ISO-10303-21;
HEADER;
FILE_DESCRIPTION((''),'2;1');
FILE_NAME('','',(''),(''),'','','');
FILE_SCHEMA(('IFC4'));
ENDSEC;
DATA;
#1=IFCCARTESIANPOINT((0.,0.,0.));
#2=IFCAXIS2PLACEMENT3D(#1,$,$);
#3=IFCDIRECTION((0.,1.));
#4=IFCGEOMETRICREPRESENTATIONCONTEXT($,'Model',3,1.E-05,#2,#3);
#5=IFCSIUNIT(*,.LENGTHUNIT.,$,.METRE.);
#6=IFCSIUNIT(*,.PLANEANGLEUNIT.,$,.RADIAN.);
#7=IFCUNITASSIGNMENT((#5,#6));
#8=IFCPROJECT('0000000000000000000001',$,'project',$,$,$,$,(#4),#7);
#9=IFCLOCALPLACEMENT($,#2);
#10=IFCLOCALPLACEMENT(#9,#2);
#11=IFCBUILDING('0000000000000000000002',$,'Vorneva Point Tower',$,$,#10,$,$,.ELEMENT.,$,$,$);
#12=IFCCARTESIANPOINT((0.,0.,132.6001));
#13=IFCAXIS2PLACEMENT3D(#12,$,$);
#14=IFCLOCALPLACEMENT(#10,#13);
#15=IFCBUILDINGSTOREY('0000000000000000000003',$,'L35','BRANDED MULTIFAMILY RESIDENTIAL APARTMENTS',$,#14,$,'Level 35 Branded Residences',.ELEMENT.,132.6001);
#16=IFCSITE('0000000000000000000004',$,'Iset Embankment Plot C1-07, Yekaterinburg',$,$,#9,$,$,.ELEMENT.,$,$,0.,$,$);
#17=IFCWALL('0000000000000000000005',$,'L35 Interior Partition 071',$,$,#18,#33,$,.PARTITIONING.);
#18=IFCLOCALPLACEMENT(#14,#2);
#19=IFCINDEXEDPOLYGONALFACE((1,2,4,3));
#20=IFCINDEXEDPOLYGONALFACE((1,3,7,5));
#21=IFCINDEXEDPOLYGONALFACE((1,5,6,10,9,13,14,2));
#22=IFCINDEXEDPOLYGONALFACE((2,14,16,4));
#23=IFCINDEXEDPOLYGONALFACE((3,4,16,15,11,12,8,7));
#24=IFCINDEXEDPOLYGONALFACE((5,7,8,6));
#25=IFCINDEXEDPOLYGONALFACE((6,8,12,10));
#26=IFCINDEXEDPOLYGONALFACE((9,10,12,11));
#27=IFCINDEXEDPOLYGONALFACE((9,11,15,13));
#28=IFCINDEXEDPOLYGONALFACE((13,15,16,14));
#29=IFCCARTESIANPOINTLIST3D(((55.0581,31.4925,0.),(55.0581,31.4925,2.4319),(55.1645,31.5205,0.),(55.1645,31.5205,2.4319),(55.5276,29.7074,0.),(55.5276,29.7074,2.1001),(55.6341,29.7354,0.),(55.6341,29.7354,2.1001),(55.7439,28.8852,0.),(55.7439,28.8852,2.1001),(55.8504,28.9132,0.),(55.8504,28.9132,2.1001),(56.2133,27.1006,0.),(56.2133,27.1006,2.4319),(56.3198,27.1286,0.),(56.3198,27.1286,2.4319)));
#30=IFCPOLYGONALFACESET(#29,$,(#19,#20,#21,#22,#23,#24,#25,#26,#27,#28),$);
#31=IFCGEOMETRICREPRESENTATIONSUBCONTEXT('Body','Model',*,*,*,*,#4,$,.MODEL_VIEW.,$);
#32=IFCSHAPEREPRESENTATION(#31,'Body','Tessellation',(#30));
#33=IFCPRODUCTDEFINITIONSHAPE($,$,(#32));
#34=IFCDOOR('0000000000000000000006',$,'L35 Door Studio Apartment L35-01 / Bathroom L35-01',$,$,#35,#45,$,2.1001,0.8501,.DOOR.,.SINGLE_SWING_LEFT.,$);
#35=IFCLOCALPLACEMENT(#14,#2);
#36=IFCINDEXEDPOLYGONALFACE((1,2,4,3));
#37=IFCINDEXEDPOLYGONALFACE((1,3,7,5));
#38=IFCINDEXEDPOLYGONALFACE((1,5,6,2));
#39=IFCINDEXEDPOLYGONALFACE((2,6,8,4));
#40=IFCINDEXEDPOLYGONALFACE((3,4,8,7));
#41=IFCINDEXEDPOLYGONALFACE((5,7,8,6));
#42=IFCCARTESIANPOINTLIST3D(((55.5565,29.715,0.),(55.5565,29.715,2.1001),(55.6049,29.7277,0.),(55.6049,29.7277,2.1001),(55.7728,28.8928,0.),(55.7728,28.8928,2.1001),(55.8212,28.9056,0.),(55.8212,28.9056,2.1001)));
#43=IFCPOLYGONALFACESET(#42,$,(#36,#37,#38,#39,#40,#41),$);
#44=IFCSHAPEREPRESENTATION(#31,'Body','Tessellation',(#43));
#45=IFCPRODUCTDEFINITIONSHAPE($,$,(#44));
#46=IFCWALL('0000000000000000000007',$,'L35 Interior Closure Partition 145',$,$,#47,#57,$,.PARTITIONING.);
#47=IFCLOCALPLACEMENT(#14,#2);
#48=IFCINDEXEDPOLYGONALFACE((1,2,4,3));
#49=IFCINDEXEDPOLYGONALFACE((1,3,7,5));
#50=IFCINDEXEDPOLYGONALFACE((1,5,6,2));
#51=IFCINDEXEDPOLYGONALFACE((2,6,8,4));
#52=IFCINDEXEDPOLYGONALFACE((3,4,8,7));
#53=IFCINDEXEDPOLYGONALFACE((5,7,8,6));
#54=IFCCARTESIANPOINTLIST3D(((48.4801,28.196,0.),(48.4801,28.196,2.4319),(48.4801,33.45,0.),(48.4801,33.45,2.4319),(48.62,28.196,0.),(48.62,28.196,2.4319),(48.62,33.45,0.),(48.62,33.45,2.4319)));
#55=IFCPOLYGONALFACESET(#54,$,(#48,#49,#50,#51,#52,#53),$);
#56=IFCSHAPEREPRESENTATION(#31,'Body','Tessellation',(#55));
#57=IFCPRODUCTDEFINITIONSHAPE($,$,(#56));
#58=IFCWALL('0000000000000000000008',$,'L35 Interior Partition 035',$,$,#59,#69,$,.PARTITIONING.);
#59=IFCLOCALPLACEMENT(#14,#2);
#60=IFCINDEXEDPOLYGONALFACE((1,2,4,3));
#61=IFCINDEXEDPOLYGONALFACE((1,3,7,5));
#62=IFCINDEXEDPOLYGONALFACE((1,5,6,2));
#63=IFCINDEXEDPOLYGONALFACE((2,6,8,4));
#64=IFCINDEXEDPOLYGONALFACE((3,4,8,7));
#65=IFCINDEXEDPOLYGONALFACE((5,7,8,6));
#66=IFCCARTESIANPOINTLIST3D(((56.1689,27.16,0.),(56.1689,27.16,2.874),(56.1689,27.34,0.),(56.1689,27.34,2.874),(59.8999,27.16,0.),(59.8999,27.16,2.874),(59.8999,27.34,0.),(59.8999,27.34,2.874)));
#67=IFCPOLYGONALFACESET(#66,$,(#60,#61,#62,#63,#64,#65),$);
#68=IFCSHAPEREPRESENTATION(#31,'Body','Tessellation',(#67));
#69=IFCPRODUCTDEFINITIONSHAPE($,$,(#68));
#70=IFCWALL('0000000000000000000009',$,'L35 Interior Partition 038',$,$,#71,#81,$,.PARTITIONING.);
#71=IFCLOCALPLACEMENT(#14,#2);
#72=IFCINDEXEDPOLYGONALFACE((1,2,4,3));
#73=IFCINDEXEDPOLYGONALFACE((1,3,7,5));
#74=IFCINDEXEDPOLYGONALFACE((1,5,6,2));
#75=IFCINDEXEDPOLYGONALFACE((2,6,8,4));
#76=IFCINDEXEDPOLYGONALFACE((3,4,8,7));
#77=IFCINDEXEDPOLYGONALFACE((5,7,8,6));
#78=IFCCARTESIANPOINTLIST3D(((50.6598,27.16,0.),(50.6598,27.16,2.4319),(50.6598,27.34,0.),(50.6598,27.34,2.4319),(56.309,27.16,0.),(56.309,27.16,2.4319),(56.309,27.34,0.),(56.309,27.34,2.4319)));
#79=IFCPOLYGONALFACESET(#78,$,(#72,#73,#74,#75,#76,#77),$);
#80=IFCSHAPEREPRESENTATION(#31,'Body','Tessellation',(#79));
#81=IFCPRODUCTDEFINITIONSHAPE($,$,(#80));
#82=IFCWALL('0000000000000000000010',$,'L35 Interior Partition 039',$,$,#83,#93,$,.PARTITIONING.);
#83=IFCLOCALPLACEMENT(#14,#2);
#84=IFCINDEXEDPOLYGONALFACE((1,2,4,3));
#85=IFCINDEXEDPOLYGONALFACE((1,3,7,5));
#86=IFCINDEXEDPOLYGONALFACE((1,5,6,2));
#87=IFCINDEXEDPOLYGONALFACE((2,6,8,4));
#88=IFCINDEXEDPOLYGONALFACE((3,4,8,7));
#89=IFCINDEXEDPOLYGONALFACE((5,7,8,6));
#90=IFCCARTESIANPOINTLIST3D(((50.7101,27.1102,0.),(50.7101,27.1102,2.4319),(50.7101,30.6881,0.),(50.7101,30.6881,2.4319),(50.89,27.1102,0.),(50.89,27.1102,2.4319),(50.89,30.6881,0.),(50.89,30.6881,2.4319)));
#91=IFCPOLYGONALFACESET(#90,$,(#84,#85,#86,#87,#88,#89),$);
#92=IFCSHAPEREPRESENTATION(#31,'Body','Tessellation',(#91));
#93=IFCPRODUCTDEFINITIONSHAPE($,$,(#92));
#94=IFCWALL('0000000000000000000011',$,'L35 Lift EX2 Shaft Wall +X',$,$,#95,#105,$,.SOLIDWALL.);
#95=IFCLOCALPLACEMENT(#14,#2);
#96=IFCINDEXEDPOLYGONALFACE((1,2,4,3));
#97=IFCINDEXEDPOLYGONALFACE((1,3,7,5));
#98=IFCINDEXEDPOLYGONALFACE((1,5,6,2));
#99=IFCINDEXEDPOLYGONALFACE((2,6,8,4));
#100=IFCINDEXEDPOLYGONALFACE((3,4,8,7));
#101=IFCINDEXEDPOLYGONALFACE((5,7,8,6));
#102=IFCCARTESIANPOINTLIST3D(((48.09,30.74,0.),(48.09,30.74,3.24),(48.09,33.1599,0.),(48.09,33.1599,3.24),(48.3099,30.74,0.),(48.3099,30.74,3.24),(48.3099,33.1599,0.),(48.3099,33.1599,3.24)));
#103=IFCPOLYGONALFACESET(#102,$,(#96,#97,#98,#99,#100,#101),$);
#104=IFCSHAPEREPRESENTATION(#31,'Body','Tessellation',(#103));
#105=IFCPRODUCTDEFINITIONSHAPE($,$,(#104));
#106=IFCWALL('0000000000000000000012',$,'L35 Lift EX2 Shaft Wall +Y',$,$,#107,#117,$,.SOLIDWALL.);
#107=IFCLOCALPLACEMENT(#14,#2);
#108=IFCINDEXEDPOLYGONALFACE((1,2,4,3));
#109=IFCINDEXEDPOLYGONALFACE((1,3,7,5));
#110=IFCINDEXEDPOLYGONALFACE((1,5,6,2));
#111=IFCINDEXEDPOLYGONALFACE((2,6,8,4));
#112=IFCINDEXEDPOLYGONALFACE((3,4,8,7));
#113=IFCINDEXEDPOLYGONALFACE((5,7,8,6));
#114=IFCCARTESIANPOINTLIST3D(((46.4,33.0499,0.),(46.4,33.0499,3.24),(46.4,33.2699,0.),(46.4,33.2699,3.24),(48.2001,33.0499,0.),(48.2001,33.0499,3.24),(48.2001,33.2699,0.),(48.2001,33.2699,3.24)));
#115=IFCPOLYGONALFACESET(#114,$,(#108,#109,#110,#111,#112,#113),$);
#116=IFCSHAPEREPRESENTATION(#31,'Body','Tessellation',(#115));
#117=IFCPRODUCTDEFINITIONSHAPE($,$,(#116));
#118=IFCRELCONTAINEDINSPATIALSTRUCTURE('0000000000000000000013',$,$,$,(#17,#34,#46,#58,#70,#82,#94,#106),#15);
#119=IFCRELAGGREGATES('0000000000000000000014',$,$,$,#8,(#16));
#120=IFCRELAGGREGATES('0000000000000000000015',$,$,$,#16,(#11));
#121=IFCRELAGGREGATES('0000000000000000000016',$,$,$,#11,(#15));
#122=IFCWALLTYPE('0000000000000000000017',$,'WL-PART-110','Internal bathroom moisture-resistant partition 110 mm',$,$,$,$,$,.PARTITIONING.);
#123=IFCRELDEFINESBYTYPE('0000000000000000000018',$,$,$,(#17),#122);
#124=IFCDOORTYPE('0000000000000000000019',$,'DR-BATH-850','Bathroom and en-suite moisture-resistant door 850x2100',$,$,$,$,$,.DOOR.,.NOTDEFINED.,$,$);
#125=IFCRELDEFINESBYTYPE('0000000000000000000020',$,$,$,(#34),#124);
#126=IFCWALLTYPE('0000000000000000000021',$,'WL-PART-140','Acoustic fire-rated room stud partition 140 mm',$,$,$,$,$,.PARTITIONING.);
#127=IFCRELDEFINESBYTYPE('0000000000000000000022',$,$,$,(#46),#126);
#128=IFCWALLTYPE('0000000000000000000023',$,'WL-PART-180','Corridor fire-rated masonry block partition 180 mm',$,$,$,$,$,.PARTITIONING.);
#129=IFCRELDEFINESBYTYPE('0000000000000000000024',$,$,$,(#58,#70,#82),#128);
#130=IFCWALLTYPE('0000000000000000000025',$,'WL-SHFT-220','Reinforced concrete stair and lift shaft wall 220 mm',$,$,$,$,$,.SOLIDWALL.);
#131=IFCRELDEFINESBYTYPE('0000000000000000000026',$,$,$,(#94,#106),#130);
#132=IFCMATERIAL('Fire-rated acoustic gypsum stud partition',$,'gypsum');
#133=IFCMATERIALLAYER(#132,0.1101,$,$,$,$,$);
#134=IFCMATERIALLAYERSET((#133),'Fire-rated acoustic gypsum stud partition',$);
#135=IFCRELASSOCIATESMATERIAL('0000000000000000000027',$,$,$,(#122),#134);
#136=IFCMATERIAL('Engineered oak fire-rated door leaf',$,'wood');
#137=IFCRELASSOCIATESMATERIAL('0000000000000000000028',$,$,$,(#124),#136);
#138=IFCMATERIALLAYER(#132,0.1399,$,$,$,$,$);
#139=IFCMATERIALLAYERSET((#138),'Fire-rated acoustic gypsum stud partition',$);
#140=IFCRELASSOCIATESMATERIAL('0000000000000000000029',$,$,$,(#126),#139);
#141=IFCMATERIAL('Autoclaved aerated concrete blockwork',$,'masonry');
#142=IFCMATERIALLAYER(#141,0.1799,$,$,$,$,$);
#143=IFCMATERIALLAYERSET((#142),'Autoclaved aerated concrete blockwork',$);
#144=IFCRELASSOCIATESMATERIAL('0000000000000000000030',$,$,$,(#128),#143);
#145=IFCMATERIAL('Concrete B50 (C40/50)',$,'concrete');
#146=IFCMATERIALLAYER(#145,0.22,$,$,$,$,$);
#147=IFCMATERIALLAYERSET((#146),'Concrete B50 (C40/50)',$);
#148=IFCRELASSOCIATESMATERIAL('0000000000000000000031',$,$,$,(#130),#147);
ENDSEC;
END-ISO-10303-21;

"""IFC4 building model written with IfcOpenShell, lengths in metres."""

from ifc_helpers import new_model, si_unit, direction, frame, frame_2d, origin, place, context, subcontext, project, spatial, rectangle, extrude, material, layer, layer_set, type_object, element, fill, save


model = new_model("IFC4")

# Units and contexts
model_context = context("Model", 3, precision=1e-05, world=origin(), true_north=direction((0.0, 1.0)))
body_context = subcontext(model_context, "Body", "Model", "MODEL_VIEW")
ifc_project = project(units=[si_unit("LENGTHUNIT", "METRE"), si_unit("PLANEANGLEUNIT", "RADIAN")], contexts=[model_context])

# Site, building, storey
site_placement = place(None, origin())
site = spatial("IfcSite", under=ifc_project, at=site_placement, Name="Iset Embankment Plot C1-07, Yekaterinburg", CompositionType="ELEMENT", RefElevation=0.0)
building_placement = place(site_placement, origin())
building = spatial("IfcBuilding", under=site, at=building_placement, Name="Vorneva Point Tower", CompositionType="ELEMENT")
storey_placement = place(building_placement, frame((0.0, 0.0, 132.6001)))
storey = spatial("IfcBuildingStorey", under=building, at=storey_placement, Name="L35", Description="BRANDED MULTIFAMILY RESIDENTIAL APARTMENTS", LongName="Level 35 Branded Residences", CompositionType="ELEMENT", Elevation=132.6001)

# Shared definitions
ifc_material_1 = material(Name="Fire-rated acoustic gypsum stud partition", Category="gypsum")
ifc_layer_1 = layer(ifc_material_1, 0.1101)
ifc_layer_set_1 = layer_set([ifc_layer_1], Name="Fire-rated acoustic gypsum stud partition")
wall_type_1 = type_object("IfcWallType", Name="WL-PART-110", Description="Internal bathroom moisture-resistant partition 110 mm", PredefinedType="PARTITIONING", material=ifc_layer_set_1)

# Wall, opening, door
wall_1_placement = place(storey_placement, frame((55.1113, 31.5063, 0.0), z_axis=(0.0, 0.0, 1.0), x_axis=(0.254395, -0.9671, 0.0)))
wall_1 = element("IfcWall", 1, at=wall_1_placement, inside=storey, type_object=wall_type_1, Name="L35 Interior Partition 071", PredefinedType="PARTITIONING", context=body_context, shape_type="SweptSolid", body=[
    extrude(rectangle(XDim=4.5413, YDim=0.1101, at=frame_2d((2.2705, 0.0))), origin(), (0.0, 0.0, 1.0), 2.4319),
])
opening_1_placement = place(wall_1_placement, frame((1.8457, 0.0, 0.0)))
opening_1 = element("IfcOpeningElement", 2, at=opening_1_placement, cuts=wall_1, PredefinedType="OPENING", context=body_context, shape_type="SweptSolid", body=[
    extrude(rectangle(XDim=0.8501, YDim=2.1001, at=frame_2d((0.425, 1.05))), frame((0.0, 0.0698, 0.0), z_axis=(0.0, -1.0, 0.0), x_axis=(1.0, 0.0, 0.0)), (0.0, 0.0, 1.0), 0.1399),
])
ifc_material_2 = material(Name="Engineered oak fire-rated door leaf", Category="wood")
door_type_1 = type_object("IfcDoorType", Name="DR-BATH-850", Description="Bathroom and en-suite moisture-resistant door 850x2100", OperationType="NOTDEFINED", PredefinedType="DOOR", material=ifc_material_2)
door_1_placement = place(opening_1_placement, origin())
door_1 = element("IfcDoor", 3, at=door_1_placement, inside=storey, type_object=door_type_1, Name="L35 Door Studio Apartment L35-01 / Bathroom L35-01", OperationType="SINGLE_SWING_LEFT", OverallHeight=2.1001, OverallWidth=0.8501, PredefinedType="DOOR", context=body_context, shape_type="SweptSolid", body=[
    extrude(rectangle(XDim=0.8501, YDim=2.1001, at=frame_2d((0.425, 1.05))), frame((0.0, 0.0249, 0.0), z_axis=(0.0, -1.0, 0.0), x_axis=(1.0, 0.0, 0.0)), (0.0, 0.0, 1.0), 0.05),
])
fill(opening_1, door_1)

# Walls
ifc_layer_2 = layer(ifc_material_1, 0.1399)
ifc_layer_set_2 = layer_set([ifc_layer_2], Name="Fire-rated acoustic gypsum stud partition")
wall_type_2 = type_object("IfcWallType", Name="WL-PART-140", Description="Acoustic fire-rated room stud partition 140 mm", PredefinedType="PARTITIONING", material=ifc_layer_set_2)
wall_2_placement = place(storey_placement, frame((48.55, 28.196, 0.0), z_axis=(0.0, 0.0, 1.0), x_axis=(0.0, 1.0, 0.0)))
element("IfcWall", 4, at=wall_2_placement, inside=storey, type_object=wall_type_2, Name="L35 Interior Closure Partition 145", PredefinedType="PARTITIONING", context=body_context, shape_type="SweptSolid", body=[
    extrude(rectangle(XDim=5.2539, YDim=0.1399, at=frame_2d((2.627, 0.0))), origin(), (0.0, 0.0, 1.0), 2.4319),
])
ifc_material_3 = material(Name="Autoclaved aerated concrete blockwork", Category="masonry")
ifc_layer_3 = layer(ifc_material_3, 0.1799)
ifc_layer_set_3 = layer_set([ifc_layer_3], Name="Autoclaved aerated concrete blockwork")
wall_type_3 = type_object("IfcWallType", Name="WL-PART-180", Description="Corridor fire-rated masonry block partition 180 mm", PredefinedType="PARTITIONING", material=ifc_layer_set_3)
wall_3_placement = place(storey_placement, frame((59.8999, 27.25, 0.0), z_axis=(0.0, 0.0, 1.0), x_axis=(-1.0, 0.0, 0.0)))
element("IfcWall", 5, at=wall_3_placement, inside=storey, type_object=wall_type_3, Name="L35 Interior Partition 035", PredefinedType="PARTITIONING", context=body_context, shape_type="SweptSolid", body=[
    extrude(rectangle(XDim=3.731, YDim=0.1799, at=frame_2d((1.8655, 0.0))), origin(), (0.0, 0.0, 1.0), 2.874),
])

# Walls
wall_4_placement = place(storey_placement, frame((56.3091, 27.25, 0.0), z_axis=(0.0, 0.0, 1.0), x_axis=(-1.0, 0.0, 0.0)))
element("IfcWall", 6, at=wall_4_placement, inside=storey, type_object=wall_type_3, Name="L35 Interior Partition 038", PredefinedType="PARTITIONING", context=body_context, shape_type="SweptSolid", body=[
    extrude(rectangle(XDim=5.6492, YDim=0.1799, at=frame_2d((2.8247, 0.0))), origin(), (0.0, 0.0, 1.0), 2.4319),
])
wall_5_placement = place(storey_placement, frame((50.8, 27.1101, 0.0), z_axis=(0.0, 0.0, 1.0), x_axis=(0.0, 1.0, 0.0)))
element("IfcWall", 7, at=wall_5_placement, inside=storey, type_object=wall_type_3, Name="L35 Interior Partition 039", PredefinedType="PARTITIONING", context=body_context, shape_type="SweptSolid", body=[
    extrude(rectangle(XDim=3.5779, YDim=0.1799, at=frame_2d((1.7891, 0.0))), origin(), (0.0, 0.0, 1.0), 2.4319),
])
ifc_material_4 = material(Name="Concrete B50 (C40/50)", Category="concrete")
ifc_layer_4 = layer(ifc_material_4, 0.22)
ifc_layer_set_4 = layer_set([ifc_layer_4], Name="Concrete B50 (C40/50)")
wall_type_4 = type_object("IfcWallType", Name="WL-SHFT-220", Description="Reinforced concrete stair and lift shaft wall 220 mm", PredefinedType="SOLIDWALL", material=ifc_layer_set_4)
wall_6_placement = place(storey_placement, frame((48.2, 30.74, 0.0), z_axis=(0.0, 0.0, 1.0), x_axis=(0.0, 1.0, 0.0)))
element("IfcWall", 8, at=wall_6_placement, inside=storey, type_object=wall_type_4, Name="L35 Lift EX2 Shaft Wall +X", PredefinedType="SOLIDWALL", context=body_context, shape_type="SweptSolid", body=[
    extrude(rectangle(XDim=2.4199, YDim=0.22, at=frame_2d((1.21, 0.0))), origin(), (0.0, 0.0, 1.0), 3.24),
])
wall_7_placement = place(storey_placement, frame((48.2, 33.1599, 0.0), z_axis=(0.0, 0.0, 1.0), x_axis=(-1.0, 0.0, 0.0)))
element("IfcWall", 9, at=wall_7_placement, inside=storey, type_object=wall_type_4, Name="L35 Lift EX2 Shaft Wall +Y", PredefinedType="SOLIDWALL", context=body_context, shape_type="SweptSolid", body=[
    extrude(rectangle(XDim=1.8, YDim=0.22, at=frame_2d((0.8999, 0.0))), origin(), (0.0, 0.0, 1.0), 3.24),
])

save(model, "model.ifc")
